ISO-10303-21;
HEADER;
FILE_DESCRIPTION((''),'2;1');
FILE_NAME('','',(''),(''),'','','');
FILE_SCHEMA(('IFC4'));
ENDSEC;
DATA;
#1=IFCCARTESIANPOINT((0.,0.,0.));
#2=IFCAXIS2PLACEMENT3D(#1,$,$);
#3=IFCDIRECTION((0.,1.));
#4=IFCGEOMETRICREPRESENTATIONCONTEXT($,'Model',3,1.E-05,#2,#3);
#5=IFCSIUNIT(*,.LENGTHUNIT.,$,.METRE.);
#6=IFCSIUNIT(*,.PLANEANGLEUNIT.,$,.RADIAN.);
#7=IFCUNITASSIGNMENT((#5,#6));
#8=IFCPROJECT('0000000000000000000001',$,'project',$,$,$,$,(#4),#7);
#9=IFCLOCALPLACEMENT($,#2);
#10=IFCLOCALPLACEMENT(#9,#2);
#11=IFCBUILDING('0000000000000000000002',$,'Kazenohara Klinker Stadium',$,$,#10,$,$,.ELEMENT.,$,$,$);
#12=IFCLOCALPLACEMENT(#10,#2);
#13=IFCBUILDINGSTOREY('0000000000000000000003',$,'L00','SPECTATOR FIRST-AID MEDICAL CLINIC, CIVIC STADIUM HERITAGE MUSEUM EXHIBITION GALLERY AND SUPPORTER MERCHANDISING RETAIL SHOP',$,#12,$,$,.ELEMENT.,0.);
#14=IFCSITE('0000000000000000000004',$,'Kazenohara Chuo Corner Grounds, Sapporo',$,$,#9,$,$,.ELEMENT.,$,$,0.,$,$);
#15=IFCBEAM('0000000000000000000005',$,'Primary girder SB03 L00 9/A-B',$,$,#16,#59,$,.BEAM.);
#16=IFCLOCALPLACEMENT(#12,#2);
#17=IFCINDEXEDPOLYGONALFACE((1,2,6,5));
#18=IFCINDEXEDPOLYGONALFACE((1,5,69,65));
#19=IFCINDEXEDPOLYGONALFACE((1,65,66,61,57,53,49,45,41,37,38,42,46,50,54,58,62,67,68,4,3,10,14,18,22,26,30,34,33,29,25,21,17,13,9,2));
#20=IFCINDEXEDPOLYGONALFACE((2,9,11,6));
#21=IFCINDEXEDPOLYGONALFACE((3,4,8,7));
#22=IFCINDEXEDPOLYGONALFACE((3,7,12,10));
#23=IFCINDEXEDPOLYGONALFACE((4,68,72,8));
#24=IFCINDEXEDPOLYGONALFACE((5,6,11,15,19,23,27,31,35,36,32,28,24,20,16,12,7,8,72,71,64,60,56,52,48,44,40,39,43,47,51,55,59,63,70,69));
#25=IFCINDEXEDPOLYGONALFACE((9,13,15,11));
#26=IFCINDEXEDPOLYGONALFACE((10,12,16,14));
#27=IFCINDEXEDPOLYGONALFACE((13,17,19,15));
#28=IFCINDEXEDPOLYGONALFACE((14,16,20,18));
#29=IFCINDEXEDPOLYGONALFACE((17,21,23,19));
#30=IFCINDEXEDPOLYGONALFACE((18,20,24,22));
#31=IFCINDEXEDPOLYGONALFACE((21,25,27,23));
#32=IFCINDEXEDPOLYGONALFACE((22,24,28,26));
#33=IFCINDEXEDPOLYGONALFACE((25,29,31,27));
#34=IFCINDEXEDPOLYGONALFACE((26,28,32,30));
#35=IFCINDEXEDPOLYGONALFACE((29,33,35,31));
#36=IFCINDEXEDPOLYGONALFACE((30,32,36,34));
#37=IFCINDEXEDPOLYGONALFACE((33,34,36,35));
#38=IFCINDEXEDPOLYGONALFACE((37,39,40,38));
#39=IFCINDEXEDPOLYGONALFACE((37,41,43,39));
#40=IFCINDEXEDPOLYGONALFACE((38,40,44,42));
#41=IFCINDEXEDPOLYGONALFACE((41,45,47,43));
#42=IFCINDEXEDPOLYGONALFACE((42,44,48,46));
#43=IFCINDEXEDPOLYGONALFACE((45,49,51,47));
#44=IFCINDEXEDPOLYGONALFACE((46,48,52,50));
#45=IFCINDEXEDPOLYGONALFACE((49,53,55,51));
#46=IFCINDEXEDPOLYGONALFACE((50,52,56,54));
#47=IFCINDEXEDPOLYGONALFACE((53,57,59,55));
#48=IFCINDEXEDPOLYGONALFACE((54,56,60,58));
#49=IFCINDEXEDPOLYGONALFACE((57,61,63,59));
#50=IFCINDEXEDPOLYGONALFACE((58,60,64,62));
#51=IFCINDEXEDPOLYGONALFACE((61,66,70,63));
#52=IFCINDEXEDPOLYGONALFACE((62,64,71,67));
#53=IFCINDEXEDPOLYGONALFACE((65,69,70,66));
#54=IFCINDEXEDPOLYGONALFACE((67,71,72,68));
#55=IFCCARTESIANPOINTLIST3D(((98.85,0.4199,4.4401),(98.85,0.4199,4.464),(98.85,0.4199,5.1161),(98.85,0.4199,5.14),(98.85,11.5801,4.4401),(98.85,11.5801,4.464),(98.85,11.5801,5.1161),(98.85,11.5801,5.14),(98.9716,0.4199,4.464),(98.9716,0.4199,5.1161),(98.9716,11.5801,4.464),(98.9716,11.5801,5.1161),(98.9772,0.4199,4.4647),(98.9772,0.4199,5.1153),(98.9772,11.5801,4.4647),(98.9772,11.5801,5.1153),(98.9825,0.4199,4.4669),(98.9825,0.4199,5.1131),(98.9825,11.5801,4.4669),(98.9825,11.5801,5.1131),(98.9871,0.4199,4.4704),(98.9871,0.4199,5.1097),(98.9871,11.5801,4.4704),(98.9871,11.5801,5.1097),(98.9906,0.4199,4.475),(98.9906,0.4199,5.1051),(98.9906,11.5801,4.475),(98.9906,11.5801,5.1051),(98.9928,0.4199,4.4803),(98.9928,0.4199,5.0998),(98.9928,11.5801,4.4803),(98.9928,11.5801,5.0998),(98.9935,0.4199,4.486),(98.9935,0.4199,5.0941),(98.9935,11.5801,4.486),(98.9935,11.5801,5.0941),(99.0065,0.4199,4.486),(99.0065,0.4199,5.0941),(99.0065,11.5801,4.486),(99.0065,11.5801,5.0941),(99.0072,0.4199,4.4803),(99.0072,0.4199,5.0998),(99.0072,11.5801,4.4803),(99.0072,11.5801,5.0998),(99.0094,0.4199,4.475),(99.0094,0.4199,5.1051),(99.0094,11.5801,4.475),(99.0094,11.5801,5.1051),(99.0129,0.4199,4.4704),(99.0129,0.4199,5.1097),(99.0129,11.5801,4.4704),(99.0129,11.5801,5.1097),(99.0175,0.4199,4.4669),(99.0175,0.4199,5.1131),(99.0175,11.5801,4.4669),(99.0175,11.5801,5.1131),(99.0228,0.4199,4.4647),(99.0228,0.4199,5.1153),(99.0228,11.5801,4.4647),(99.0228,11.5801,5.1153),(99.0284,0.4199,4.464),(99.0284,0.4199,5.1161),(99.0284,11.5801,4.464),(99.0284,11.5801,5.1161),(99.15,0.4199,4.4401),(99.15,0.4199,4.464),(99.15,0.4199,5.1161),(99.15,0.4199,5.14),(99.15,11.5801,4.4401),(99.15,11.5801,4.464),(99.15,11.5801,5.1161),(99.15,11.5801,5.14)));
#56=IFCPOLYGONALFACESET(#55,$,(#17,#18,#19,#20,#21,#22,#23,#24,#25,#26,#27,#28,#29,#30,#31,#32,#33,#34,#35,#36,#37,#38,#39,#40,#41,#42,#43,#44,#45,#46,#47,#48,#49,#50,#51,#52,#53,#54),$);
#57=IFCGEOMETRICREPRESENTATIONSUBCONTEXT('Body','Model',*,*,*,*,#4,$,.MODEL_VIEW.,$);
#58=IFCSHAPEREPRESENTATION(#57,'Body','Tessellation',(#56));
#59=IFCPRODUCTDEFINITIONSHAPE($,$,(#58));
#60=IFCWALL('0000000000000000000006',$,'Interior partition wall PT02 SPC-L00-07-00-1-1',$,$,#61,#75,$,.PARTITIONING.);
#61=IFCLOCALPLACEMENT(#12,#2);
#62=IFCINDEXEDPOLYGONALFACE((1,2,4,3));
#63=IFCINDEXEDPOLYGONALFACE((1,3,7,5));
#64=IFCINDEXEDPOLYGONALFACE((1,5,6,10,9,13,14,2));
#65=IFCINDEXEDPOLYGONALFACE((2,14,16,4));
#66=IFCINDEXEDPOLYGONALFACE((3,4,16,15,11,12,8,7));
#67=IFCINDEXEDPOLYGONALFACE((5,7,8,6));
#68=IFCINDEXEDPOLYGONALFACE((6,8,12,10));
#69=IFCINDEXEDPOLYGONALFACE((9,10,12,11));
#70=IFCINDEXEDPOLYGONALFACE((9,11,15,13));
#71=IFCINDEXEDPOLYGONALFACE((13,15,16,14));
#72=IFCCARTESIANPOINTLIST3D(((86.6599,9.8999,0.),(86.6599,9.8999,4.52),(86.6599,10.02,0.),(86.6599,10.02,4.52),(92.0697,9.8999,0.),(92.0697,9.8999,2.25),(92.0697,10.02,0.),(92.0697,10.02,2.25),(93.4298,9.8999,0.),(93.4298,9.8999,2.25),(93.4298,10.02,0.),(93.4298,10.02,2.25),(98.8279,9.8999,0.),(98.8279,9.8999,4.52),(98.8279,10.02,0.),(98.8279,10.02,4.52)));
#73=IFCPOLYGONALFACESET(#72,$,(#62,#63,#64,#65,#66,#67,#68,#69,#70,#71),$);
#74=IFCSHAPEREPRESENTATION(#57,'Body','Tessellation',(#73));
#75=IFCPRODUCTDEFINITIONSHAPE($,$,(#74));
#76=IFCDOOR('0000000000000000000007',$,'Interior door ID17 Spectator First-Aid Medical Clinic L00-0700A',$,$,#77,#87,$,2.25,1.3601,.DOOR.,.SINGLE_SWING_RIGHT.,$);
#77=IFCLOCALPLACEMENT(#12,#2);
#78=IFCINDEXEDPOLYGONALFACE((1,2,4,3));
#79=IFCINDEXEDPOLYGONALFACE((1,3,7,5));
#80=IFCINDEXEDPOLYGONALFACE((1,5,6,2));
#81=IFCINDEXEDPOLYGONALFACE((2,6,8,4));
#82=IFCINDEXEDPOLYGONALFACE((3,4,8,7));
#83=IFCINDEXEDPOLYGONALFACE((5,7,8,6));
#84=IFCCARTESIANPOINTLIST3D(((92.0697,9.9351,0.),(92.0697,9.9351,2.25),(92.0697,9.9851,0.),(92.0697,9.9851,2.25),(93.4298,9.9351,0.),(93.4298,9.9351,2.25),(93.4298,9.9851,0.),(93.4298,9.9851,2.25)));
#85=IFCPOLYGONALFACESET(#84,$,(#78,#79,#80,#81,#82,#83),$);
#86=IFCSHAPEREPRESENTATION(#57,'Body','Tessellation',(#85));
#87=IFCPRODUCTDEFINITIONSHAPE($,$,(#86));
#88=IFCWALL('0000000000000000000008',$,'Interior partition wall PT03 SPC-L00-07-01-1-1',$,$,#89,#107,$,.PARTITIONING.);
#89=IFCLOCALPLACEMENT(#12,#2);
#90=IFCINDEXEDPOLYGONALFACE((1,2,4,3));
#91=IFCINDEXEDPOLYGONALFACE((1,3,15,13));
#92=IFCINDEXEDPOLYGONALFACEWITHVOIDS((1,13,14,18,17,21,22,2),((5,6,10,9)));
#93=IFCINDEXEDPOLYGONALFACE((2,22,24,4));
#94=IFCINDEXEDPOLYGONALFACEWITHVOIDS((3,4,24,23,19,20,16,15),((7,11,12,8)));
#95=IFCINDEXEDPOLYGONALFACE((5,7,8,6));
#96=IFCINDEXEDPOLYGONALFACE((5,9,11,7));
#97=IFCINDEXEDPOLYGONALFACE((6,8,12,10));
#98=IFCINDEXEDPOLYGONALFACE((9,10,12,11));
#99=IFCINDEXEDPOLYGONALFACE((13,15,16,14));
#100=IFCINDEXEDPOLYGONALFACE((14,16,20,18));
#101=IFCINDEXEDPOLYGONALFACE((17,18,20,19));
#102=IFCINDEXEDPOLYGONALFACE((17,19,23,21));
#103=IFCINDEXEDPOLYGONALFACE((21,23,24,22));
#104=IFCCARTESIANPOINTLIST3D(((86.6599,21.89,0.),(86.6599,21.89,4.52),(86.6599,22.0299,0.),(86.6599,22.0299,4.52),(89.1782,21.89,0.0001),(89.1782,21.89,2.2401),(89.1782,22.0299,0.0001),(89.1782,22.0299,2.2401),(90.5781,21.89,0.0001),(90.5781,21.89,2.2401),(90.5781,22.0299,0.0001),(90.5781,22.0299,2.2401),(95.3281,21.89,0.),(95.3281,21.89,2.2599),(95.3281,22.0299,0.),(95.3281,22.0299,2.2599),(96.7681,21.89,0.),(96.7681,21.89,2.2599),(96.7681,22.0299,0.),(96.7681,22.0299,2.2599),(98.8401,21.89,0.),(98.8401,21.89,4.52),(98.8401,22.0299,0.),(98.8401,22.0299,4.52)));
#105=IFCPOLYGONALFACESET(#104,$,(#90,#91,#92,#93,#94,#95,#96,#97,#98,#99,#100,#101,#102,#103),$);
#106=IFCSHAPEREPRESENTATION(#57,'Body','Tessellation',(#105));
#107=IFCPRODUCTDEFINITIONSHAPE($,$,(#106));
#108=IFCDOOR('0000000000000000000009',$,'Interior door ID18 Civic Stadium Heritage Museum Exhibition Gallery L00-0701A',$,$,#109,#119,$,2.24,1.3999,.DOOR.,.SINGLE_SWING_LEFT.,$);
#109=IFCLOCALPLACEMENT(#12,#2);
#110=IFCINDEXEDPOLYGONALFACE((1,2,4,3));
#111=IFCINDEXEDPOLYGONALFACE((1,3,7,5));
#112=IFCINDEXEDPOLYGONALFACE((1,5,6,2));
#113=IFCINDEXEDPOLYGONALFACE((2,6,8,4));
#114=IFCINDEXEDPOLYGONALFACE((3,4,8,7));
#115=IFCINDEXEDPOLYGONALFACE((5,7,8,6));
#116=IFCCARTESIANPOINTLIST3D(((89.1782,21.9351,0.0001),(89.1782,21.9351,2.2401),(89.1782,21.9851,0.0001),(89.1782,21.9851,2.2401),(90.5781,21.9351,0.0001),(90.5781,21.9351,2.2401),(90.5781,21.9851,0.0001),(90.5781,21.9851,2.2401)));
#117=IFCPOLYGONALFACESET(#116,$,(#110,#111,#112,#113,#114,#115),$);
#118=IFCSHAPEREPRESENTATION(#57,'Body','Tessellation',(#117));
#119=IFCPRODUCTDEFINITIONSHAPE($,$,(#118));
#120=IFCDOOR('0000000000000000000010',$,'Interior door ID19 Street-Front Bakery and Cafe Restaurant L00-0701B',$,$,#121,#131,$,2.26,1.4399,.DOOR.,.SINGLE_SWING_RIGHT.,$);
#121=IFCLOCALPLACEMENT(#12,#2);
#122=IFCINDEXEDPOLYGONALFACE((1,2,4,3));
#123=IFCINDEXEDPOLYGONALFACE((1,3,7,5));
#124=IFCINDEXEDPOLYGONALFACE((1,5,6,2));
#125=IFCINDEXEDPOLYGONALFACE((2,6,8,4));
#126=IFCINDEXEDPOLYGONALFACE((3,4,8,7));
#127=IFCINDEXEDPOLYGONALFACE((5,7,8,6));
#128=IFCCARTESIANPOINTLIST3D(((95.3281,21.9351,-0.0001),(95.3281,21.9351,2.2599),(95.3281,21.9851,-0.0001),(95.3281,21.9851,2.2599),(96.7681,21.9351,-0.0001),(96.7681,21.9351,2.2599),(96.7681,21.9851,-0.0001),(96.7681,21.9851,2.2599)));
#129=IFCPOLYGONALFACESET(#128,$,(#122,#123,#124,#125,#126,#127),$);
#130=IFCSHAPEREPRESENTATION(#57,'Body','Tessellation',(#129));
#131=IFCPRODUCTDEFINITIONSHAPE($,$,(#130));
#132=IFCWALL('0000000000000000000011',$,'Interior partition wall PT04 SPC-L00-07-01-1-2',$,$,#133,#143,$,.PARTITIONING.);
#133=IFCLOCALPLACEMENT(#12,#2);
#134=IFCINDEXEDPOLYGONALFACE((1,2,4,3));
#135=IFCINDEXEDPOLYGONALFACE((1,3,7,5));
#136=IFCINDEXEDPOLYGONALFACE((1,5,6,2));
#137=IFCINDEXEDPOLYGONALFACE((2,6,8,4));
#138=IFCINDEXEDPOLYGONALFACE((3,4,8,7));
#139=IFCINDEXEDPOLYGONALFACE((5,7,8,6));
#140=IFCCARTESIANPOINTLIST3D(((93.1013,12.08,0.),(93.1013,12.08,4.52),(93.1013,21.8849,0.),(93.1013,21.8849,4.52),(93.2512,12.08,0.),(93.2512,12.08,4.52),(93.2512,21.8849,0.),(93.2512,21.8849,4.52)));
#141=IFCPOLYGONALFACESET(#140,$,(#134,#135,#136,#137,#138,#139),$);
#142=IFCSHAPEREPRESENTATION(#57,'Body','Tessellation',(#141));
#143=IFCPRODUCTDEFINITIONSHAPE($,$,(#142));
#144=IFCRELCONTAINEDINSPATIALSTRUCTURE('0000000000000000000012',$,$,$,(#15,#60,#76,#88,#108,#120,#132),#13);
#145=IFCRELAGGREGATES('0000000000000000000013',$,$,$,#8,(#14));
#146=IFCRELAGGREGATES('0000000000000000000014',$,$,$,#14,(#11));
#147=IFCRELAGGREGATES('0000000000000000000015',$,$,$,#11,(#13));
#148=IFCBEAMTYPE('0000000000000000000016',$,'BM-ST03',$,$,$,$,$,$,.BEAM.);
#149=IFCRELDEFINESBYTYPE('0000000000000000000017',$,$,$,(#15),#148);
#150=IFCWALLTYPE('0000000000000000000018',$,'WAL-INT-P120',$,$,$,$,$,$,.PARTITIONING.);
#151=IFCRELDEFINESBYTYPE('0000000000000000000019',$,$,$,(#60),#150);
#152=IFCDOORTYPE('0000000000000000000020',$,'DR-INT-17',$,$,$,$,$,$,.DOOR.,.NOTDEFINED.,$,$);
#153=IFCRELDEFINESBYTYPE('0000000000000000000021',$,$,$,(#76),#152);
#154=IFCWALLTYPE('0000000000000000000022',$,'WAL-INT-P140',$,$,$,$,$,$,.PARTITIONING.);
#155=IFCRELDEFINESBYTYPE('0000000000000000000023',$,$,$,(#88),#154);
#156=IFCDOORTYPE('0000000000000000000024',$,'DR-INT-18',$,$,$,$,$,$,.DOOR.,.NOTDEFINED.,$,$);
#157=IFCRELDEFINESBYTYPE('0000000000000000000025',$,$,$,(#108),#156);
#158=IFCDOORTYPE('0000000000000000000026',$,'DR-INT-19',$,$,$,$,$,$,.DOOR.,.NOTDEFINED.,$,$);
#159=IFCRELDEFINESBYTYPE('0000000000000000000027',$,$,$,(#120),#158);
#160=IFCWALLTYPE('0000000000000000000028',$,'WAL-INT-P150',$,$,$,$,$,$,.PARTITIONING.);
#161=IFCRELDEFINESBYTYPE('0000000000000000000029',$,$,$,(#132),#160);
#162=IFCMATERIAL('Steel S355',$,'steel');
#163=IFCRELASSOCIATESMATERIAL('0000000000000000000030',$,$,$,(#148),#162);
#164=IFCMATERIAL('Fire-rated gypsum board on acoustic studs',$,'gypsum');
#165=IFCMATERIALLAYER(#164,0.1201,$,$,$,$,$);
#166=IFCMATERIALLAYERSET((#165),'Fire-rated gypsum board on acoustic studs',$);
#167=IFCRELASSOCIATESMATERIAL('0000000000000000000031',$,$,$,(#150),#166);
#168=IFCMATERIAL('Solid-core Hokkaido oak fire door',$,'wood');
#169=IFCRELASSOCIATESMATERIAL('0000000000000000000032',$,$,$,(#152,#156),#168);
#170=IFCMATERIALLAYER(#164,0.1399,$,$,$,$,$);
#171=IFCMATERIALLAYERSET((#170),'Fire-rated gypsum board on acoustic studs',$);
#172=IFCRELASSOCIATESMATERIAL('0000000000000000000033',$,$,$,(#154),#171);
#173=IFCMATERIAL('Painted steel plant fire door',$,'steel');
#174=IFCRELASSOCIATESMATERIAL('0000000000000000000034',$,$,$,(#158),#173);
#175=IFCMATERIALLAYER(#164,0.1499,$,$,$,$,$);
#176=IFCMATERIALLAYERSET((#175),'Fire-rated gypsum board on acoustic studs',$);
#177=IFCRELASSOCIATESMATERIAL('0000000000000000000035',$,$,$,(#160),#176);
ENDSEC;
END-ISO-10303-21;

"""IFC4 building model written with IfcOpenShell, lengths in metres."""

from ifc_helpers import new_model, si_unit, direction, frame, frame_2d, origin, origin_2d, place, context, subcontext, project, spatial, rectangle, i_section, extrude, material, layer, layer_set, material_profile, profile_set, type_object, element, fill, save


model = new_model("IFC4")

# Units and contexts
model_context = context("Model", 3, precision=1e-05, world=origin(), true_north=direction((0.0, 1.0)))
body_context = subcontext(model_context, "Body", "Model", "MODEL_VIEW")
ifc_project = project(units=[si_unit("LENGTHUNIT", "METRE"), si_unit("PLANEANGLEUNIT", "RADIAN")], contexts=[model_context])

# Site, building, storey
site_placement = place(None, origin())
site = spatial("IfcSite", under=ifc_project, at=site_placement, Name="Kazenohara Chuo Corner Grounds, Sapporo", CompositionType="ELEMENT", RefElevation=0.0)
building_placement = place(site_placement, origin())
building = spatial("IfcBuilding", under=site, at=building_placement, Name="Kazenohara Klinker Stadium", CompositionType="ELEMENT")
storey_placement = place(building_placement, origin())
storey = spatial("IfcBuildingStorey", under=building, at=storey_placement, Name="L00", Description="SPECTATOR FIRST-AID MEDICAL CLINIC, CIVIC STADIUM HERITAGE MUSEUM EXHIBITION GALLERY AND SUPPORTER MERCHANDISING RETAIL SHOP", CompositionType="ELEMENT", Elevation=0.0)

# Beam
ifc_material_1 = material(Name="Steel S355", Category="steel")
ifc_material_profile_1 = material_profile(ifc_material_1, i_section(OverallWidth=0.3, OverallDepth=0.7, WebThickness=0.0129, FlangeThickness=0.0239, FilletRadius=0.022, at=origin_2d()), Name="H-700x300x13x24")
ifc_profile_set_1 = profile_set([ifc_material_profile_1], Name="Steel S355")
beam_type_1 = type_object("IfcBeamType", Name="BM-ST03", PredefinedType="BEAM", material=ifc_profile_set_1)
beam_1_placement = place(storey_placement, frame((99.0, 0.4199, 4.79), z_axis=(0.0, 1.0, 0.0), x_axis=(-1.0, 0.0, 0.0)))
element("IfcBeam", 1, at=beam_1_placement, inside=storey, type_object=beam_type_1, Name="Primary girder SB03 L00 9/A-B", PredefinedType="BEAM", context=body_context, shape_type="SweptSolid", body=[
    extrude(i_section(OverallWidth=0.3, OverallDepth=0.7, WebThickness=0.0129, FlangeThickness=0.0239, FilletRadius=0.022, at=origin_2d()), origin(), (0.0, 0.0, 1.0), 11.1602),
])

# Wall, opening, door
ifc_material_2 = material(Name="Fire-rated gypsum board on acoustic studs", Category="gypsum")
ifc_layer_1 = layer(ifc_material_2, 0.1201)
ifc_layer_set_1 = layer_set([ifc_layer_1], Name="Fire-rated gypsum board on acoustic studs")
wall_type_1 = type_object("IfcWallType", Name="WAL-INT-P120", PredefinedType="PARTITIONING", material=ifc_layer_set_1)
wall_1_placement = place(storey_placement, frame((86.6599, 9.96, 0.0), z_axis=(0.0, 0.0, 1.0), x_axis=(1.0, 0.0, 0.0)))
wall_1 = element("IfcWall", 2, at=wall_1_placement, inside=storey, type_object=wall_type_1, Name="Interior partition wall PT02 SPC-L00-07-00-1-1", PredefinedType="PARTITIONING", context=body_context, shape_type="SweptSolid", body=[
    extrude(rectangle(XDim=12.168, YDim=0.1201, at=frame_2d((6.084, 0.0))), origin(), (0.0, 0.0, 1.0), 4.52),
])
opening_1_placement = place(wall_1_placement, frame((6.77, 0.0, 0.0), z_axis=(0.0, 0.0, 1.0), x_axis=(-1.0, 0.0, 0.0)))
opening_1 = element("IfcOpeningElement", 3, at=opening_1_placement, cuts=wall_1, PredefinedType="OPENING", context=body_context, shape_type="SweptSolid", body=[
    extrude(rectangle(XDim=1.3601, YDim=2.25, at=frame_2d((0.6802, 1.125))), frame((0.0, 0.0701, 0.0), z_axis=(0.0, -1.0, 0.0), x_axis=(1.0, 0.0, 0.0)), (0.0, 0.0, 1.0), 0.1401),
])
ifc_material_3 = material(Name="Solid-core Hokkaido oak fire door", Category="wood")
door_type_1 = type_object("IfcDoorType", Name="DR-INT-17", OperationType="NOTDEFINED", PredefinedType="DOOR", material=ifc_material_3)
door_1_placement = place(opening_1_placement, origin())
door_1 = element("IfcDoor", 4, at=door_1_placement, inside=storey, type_object=door_type_1, Name="Interior door ID17 Spectator First-Aid Medical Clinic L00-0700A", OperationType="SINGLE_SWING_RIGHT", OverallHeight=2.25, OverallWidth=1.3601, PredefinedType="DOOR", context=body_context, shape_type="SweptSolid", body=[
    extrude(rectangle(XDim=1.3601, YDim=2.25, at=frame_2d((0.6802, 1.125))), frame((0.0, 0.0249, 0.0), z_axis=(0.0, -1.0, 0.0), x_axis=(1.0, 0.0, 0.0)), (0.0, 0.0, 1.0), 0.05),
])
fill(opening_1, door_1)

# Wall, openings, doors
ifc_layer_2 = layer(ifc_material_2, 0.1399)
ifc_layer_set_2 = layer_set([ifc_layer_2], Name="Fire-rated gypsum board on acoustic studs")
wall_type_2 = type_object("IfcWallType", Name="WAL-INT-P140", PredefinedType="PARTITIONING", material=ifc_layer_set_2)
wall_2_placement = place(storey_placement, frame((86.6599, 21.96, 0.0), z_axis=(0.0, 0.0, 1.0), x_axis=(1.0, 0.0, 0.0)))
wall_2 = element("IfcWall", 5, at=wall_2_placement, inside=storey, type_object=wall_type_2, Name="Interior partition wall PT03 SPC-L00-07-01-1-1", PredefinedType="PARTITIONING", context=body_context, shape_type="SweptSolid", body=[
    extrude(rectangle(XDim=12.1802, YDim=0.1399, at=frame_2d((6.0901, 0.0))), origin(), (0.0, 0.0, 1.0), 4.52),
])
opening_2_placement = place(wall_2_placement, frame((3.9182, 0.0, 0.0), z_axis=(0.0, 0.0, 1.0), x_axis=(-1.0, 0.0, 0.0)))
opening_2 = element("IfcOpeningElement", 6, at=opening_2_placement, cuts=wall_2, PredefinedType="OPENING", context=body_context, shape_type="SweptSolid", body=[
    extrude(rectangle(XDim=1.3999, YDim=2.24, at=frame_2d((0.7, 1.1201))), frame((0.0, 0.0801, 0.0), z_axis=(0.0, -1.0, 0.0), x_axis=(1.0, 0.0, 0.0)), (0.0, 0.0, 1.0), 0.1599),
])
opening_3_placement = place(wall_2_placement, frame((10.1082, 0.0, 0.0), z_axis=(0.0, 0.0, 1.0), x_axis=(-1.0, 0.0, 0.0)))
opening_3 = element("IfcOpeningElement", 7, at=opening_3_placement, cuts=wall_2, PredefinedType="OPENING", context=body_context, shape_type="SweptSolid", body=[
    extrude(rectangle(XDim=1.4399, YDim=2.26, at=frame_2d((0.72, 1.1299))), frame((0.0, 0.0801, 0.0), z_axis=(0.0, -1.0, 0.0), x_axis=(1.0, 0.0, 0.0)), (0.0, 0.0, 1.0), 0.1599),
])
door_type_2 = type_object("IfcDoorType", Name="DR-INT-18", OperationType="NOTDEFINED", PredefinedType="DOOR", material=ifc_material_3)
door_2_placement = place(opening_2_placement, origin())
door_2 = element("IfcDoor", 8, at=door_2_placement, inside=storey, type_object=door_type_2, Name="Interior door ID18 Civic Stadium Heritage Museum Exhibition Gallery L00-0701A", OperationType="SINGLE_SWING_LEFT", OverallHeight=2.24, OverallWidth=1.3999, PredefinedType="DOOR", context=body_context, shape_type="SweptSolid", body=[
    extrude(rectangle(XDim=1.3999, YDim=2.24, at=frame_2d((0.7, 1.1201))), frame((0.0, 0.0249, 0.0), z_axis=(0.0, -1.0, 0.0), x_axis=(1.0, 0.0, 0.0)), (0.0, 0.0, 1.0), 0.05),
])
fill(opening_2, door_2)
ifc_material_4 = material(Name="Painted steel plant fire door", Category="steel")
door_type_3 = type_object("IfcDoorType", Name="DR-INT-19", OperationType="NOTDEFINED", PredefinedType="DOOR", material=ifc_material_4)
door_3_placement = place(opening_3_placement, origin())
door_3 = element("IfcDoor", 9, at=door_3_placement, inside=storey, type_object=door_type_3, Name="Interior door ID19 Street-Front Bakery and Cafe Restaurant L00-0701B", OperationType="SINGLE_SWING_RIGHT", OverallHeight=2.26, OverallWidth=1.4399, PredefinedType="DOOR", context=body_context, shape_type="SweptSolid", body=[
    extrude(rectangle(XDim=1.4399, YDim=2.26, at=frame_2d((0.72, 1.1299))), frame((0.0, 0.0249, 0.0), z_axis=(0.0, -1.0, 0.0), x_axis=(1.0, 0.0, 0.0)), (0.0, 0.0, 1.0), 0.05),
])
fill(opening_3, door_3)

# Wall
ifc_layer_3 = layer(ifc_material_2, 0.1499)
ifc_layer_set_3 = layer_set([ifc_layer_3], Name="Fire-rated gypsum board on acoustic studs")
wall_type_3 = type_object("IfcWallType", Name="WAL-INT-P150", PredefinedType="PARTITIONING", material=ifc_layer_set_3)
wall_3_placement = place(storey_placement, frame((93.1763, 12.0801, 0.0), z_axis=(0.0, 0.0, 1.0), x_axis=(0.0, 1.0, 0.0)))
element("IfcWall", 10, at=wall_3_placement, inside=storey, type_object=wall_type_3, Name="Interior partition wall PT04 SPC-L00-07-01-1-2", PredefinedType="PARTITIONING", context=body_context, shape_type="SweptSolid", body=[
    extrude(rectangle(XDim=9.8049, YDim=0.1499, at=frame_2d((4.9023, 0.0))), origin(), (0.0, 0.0, 1.0), 4.52),
])

save(model, "model.ifc")
